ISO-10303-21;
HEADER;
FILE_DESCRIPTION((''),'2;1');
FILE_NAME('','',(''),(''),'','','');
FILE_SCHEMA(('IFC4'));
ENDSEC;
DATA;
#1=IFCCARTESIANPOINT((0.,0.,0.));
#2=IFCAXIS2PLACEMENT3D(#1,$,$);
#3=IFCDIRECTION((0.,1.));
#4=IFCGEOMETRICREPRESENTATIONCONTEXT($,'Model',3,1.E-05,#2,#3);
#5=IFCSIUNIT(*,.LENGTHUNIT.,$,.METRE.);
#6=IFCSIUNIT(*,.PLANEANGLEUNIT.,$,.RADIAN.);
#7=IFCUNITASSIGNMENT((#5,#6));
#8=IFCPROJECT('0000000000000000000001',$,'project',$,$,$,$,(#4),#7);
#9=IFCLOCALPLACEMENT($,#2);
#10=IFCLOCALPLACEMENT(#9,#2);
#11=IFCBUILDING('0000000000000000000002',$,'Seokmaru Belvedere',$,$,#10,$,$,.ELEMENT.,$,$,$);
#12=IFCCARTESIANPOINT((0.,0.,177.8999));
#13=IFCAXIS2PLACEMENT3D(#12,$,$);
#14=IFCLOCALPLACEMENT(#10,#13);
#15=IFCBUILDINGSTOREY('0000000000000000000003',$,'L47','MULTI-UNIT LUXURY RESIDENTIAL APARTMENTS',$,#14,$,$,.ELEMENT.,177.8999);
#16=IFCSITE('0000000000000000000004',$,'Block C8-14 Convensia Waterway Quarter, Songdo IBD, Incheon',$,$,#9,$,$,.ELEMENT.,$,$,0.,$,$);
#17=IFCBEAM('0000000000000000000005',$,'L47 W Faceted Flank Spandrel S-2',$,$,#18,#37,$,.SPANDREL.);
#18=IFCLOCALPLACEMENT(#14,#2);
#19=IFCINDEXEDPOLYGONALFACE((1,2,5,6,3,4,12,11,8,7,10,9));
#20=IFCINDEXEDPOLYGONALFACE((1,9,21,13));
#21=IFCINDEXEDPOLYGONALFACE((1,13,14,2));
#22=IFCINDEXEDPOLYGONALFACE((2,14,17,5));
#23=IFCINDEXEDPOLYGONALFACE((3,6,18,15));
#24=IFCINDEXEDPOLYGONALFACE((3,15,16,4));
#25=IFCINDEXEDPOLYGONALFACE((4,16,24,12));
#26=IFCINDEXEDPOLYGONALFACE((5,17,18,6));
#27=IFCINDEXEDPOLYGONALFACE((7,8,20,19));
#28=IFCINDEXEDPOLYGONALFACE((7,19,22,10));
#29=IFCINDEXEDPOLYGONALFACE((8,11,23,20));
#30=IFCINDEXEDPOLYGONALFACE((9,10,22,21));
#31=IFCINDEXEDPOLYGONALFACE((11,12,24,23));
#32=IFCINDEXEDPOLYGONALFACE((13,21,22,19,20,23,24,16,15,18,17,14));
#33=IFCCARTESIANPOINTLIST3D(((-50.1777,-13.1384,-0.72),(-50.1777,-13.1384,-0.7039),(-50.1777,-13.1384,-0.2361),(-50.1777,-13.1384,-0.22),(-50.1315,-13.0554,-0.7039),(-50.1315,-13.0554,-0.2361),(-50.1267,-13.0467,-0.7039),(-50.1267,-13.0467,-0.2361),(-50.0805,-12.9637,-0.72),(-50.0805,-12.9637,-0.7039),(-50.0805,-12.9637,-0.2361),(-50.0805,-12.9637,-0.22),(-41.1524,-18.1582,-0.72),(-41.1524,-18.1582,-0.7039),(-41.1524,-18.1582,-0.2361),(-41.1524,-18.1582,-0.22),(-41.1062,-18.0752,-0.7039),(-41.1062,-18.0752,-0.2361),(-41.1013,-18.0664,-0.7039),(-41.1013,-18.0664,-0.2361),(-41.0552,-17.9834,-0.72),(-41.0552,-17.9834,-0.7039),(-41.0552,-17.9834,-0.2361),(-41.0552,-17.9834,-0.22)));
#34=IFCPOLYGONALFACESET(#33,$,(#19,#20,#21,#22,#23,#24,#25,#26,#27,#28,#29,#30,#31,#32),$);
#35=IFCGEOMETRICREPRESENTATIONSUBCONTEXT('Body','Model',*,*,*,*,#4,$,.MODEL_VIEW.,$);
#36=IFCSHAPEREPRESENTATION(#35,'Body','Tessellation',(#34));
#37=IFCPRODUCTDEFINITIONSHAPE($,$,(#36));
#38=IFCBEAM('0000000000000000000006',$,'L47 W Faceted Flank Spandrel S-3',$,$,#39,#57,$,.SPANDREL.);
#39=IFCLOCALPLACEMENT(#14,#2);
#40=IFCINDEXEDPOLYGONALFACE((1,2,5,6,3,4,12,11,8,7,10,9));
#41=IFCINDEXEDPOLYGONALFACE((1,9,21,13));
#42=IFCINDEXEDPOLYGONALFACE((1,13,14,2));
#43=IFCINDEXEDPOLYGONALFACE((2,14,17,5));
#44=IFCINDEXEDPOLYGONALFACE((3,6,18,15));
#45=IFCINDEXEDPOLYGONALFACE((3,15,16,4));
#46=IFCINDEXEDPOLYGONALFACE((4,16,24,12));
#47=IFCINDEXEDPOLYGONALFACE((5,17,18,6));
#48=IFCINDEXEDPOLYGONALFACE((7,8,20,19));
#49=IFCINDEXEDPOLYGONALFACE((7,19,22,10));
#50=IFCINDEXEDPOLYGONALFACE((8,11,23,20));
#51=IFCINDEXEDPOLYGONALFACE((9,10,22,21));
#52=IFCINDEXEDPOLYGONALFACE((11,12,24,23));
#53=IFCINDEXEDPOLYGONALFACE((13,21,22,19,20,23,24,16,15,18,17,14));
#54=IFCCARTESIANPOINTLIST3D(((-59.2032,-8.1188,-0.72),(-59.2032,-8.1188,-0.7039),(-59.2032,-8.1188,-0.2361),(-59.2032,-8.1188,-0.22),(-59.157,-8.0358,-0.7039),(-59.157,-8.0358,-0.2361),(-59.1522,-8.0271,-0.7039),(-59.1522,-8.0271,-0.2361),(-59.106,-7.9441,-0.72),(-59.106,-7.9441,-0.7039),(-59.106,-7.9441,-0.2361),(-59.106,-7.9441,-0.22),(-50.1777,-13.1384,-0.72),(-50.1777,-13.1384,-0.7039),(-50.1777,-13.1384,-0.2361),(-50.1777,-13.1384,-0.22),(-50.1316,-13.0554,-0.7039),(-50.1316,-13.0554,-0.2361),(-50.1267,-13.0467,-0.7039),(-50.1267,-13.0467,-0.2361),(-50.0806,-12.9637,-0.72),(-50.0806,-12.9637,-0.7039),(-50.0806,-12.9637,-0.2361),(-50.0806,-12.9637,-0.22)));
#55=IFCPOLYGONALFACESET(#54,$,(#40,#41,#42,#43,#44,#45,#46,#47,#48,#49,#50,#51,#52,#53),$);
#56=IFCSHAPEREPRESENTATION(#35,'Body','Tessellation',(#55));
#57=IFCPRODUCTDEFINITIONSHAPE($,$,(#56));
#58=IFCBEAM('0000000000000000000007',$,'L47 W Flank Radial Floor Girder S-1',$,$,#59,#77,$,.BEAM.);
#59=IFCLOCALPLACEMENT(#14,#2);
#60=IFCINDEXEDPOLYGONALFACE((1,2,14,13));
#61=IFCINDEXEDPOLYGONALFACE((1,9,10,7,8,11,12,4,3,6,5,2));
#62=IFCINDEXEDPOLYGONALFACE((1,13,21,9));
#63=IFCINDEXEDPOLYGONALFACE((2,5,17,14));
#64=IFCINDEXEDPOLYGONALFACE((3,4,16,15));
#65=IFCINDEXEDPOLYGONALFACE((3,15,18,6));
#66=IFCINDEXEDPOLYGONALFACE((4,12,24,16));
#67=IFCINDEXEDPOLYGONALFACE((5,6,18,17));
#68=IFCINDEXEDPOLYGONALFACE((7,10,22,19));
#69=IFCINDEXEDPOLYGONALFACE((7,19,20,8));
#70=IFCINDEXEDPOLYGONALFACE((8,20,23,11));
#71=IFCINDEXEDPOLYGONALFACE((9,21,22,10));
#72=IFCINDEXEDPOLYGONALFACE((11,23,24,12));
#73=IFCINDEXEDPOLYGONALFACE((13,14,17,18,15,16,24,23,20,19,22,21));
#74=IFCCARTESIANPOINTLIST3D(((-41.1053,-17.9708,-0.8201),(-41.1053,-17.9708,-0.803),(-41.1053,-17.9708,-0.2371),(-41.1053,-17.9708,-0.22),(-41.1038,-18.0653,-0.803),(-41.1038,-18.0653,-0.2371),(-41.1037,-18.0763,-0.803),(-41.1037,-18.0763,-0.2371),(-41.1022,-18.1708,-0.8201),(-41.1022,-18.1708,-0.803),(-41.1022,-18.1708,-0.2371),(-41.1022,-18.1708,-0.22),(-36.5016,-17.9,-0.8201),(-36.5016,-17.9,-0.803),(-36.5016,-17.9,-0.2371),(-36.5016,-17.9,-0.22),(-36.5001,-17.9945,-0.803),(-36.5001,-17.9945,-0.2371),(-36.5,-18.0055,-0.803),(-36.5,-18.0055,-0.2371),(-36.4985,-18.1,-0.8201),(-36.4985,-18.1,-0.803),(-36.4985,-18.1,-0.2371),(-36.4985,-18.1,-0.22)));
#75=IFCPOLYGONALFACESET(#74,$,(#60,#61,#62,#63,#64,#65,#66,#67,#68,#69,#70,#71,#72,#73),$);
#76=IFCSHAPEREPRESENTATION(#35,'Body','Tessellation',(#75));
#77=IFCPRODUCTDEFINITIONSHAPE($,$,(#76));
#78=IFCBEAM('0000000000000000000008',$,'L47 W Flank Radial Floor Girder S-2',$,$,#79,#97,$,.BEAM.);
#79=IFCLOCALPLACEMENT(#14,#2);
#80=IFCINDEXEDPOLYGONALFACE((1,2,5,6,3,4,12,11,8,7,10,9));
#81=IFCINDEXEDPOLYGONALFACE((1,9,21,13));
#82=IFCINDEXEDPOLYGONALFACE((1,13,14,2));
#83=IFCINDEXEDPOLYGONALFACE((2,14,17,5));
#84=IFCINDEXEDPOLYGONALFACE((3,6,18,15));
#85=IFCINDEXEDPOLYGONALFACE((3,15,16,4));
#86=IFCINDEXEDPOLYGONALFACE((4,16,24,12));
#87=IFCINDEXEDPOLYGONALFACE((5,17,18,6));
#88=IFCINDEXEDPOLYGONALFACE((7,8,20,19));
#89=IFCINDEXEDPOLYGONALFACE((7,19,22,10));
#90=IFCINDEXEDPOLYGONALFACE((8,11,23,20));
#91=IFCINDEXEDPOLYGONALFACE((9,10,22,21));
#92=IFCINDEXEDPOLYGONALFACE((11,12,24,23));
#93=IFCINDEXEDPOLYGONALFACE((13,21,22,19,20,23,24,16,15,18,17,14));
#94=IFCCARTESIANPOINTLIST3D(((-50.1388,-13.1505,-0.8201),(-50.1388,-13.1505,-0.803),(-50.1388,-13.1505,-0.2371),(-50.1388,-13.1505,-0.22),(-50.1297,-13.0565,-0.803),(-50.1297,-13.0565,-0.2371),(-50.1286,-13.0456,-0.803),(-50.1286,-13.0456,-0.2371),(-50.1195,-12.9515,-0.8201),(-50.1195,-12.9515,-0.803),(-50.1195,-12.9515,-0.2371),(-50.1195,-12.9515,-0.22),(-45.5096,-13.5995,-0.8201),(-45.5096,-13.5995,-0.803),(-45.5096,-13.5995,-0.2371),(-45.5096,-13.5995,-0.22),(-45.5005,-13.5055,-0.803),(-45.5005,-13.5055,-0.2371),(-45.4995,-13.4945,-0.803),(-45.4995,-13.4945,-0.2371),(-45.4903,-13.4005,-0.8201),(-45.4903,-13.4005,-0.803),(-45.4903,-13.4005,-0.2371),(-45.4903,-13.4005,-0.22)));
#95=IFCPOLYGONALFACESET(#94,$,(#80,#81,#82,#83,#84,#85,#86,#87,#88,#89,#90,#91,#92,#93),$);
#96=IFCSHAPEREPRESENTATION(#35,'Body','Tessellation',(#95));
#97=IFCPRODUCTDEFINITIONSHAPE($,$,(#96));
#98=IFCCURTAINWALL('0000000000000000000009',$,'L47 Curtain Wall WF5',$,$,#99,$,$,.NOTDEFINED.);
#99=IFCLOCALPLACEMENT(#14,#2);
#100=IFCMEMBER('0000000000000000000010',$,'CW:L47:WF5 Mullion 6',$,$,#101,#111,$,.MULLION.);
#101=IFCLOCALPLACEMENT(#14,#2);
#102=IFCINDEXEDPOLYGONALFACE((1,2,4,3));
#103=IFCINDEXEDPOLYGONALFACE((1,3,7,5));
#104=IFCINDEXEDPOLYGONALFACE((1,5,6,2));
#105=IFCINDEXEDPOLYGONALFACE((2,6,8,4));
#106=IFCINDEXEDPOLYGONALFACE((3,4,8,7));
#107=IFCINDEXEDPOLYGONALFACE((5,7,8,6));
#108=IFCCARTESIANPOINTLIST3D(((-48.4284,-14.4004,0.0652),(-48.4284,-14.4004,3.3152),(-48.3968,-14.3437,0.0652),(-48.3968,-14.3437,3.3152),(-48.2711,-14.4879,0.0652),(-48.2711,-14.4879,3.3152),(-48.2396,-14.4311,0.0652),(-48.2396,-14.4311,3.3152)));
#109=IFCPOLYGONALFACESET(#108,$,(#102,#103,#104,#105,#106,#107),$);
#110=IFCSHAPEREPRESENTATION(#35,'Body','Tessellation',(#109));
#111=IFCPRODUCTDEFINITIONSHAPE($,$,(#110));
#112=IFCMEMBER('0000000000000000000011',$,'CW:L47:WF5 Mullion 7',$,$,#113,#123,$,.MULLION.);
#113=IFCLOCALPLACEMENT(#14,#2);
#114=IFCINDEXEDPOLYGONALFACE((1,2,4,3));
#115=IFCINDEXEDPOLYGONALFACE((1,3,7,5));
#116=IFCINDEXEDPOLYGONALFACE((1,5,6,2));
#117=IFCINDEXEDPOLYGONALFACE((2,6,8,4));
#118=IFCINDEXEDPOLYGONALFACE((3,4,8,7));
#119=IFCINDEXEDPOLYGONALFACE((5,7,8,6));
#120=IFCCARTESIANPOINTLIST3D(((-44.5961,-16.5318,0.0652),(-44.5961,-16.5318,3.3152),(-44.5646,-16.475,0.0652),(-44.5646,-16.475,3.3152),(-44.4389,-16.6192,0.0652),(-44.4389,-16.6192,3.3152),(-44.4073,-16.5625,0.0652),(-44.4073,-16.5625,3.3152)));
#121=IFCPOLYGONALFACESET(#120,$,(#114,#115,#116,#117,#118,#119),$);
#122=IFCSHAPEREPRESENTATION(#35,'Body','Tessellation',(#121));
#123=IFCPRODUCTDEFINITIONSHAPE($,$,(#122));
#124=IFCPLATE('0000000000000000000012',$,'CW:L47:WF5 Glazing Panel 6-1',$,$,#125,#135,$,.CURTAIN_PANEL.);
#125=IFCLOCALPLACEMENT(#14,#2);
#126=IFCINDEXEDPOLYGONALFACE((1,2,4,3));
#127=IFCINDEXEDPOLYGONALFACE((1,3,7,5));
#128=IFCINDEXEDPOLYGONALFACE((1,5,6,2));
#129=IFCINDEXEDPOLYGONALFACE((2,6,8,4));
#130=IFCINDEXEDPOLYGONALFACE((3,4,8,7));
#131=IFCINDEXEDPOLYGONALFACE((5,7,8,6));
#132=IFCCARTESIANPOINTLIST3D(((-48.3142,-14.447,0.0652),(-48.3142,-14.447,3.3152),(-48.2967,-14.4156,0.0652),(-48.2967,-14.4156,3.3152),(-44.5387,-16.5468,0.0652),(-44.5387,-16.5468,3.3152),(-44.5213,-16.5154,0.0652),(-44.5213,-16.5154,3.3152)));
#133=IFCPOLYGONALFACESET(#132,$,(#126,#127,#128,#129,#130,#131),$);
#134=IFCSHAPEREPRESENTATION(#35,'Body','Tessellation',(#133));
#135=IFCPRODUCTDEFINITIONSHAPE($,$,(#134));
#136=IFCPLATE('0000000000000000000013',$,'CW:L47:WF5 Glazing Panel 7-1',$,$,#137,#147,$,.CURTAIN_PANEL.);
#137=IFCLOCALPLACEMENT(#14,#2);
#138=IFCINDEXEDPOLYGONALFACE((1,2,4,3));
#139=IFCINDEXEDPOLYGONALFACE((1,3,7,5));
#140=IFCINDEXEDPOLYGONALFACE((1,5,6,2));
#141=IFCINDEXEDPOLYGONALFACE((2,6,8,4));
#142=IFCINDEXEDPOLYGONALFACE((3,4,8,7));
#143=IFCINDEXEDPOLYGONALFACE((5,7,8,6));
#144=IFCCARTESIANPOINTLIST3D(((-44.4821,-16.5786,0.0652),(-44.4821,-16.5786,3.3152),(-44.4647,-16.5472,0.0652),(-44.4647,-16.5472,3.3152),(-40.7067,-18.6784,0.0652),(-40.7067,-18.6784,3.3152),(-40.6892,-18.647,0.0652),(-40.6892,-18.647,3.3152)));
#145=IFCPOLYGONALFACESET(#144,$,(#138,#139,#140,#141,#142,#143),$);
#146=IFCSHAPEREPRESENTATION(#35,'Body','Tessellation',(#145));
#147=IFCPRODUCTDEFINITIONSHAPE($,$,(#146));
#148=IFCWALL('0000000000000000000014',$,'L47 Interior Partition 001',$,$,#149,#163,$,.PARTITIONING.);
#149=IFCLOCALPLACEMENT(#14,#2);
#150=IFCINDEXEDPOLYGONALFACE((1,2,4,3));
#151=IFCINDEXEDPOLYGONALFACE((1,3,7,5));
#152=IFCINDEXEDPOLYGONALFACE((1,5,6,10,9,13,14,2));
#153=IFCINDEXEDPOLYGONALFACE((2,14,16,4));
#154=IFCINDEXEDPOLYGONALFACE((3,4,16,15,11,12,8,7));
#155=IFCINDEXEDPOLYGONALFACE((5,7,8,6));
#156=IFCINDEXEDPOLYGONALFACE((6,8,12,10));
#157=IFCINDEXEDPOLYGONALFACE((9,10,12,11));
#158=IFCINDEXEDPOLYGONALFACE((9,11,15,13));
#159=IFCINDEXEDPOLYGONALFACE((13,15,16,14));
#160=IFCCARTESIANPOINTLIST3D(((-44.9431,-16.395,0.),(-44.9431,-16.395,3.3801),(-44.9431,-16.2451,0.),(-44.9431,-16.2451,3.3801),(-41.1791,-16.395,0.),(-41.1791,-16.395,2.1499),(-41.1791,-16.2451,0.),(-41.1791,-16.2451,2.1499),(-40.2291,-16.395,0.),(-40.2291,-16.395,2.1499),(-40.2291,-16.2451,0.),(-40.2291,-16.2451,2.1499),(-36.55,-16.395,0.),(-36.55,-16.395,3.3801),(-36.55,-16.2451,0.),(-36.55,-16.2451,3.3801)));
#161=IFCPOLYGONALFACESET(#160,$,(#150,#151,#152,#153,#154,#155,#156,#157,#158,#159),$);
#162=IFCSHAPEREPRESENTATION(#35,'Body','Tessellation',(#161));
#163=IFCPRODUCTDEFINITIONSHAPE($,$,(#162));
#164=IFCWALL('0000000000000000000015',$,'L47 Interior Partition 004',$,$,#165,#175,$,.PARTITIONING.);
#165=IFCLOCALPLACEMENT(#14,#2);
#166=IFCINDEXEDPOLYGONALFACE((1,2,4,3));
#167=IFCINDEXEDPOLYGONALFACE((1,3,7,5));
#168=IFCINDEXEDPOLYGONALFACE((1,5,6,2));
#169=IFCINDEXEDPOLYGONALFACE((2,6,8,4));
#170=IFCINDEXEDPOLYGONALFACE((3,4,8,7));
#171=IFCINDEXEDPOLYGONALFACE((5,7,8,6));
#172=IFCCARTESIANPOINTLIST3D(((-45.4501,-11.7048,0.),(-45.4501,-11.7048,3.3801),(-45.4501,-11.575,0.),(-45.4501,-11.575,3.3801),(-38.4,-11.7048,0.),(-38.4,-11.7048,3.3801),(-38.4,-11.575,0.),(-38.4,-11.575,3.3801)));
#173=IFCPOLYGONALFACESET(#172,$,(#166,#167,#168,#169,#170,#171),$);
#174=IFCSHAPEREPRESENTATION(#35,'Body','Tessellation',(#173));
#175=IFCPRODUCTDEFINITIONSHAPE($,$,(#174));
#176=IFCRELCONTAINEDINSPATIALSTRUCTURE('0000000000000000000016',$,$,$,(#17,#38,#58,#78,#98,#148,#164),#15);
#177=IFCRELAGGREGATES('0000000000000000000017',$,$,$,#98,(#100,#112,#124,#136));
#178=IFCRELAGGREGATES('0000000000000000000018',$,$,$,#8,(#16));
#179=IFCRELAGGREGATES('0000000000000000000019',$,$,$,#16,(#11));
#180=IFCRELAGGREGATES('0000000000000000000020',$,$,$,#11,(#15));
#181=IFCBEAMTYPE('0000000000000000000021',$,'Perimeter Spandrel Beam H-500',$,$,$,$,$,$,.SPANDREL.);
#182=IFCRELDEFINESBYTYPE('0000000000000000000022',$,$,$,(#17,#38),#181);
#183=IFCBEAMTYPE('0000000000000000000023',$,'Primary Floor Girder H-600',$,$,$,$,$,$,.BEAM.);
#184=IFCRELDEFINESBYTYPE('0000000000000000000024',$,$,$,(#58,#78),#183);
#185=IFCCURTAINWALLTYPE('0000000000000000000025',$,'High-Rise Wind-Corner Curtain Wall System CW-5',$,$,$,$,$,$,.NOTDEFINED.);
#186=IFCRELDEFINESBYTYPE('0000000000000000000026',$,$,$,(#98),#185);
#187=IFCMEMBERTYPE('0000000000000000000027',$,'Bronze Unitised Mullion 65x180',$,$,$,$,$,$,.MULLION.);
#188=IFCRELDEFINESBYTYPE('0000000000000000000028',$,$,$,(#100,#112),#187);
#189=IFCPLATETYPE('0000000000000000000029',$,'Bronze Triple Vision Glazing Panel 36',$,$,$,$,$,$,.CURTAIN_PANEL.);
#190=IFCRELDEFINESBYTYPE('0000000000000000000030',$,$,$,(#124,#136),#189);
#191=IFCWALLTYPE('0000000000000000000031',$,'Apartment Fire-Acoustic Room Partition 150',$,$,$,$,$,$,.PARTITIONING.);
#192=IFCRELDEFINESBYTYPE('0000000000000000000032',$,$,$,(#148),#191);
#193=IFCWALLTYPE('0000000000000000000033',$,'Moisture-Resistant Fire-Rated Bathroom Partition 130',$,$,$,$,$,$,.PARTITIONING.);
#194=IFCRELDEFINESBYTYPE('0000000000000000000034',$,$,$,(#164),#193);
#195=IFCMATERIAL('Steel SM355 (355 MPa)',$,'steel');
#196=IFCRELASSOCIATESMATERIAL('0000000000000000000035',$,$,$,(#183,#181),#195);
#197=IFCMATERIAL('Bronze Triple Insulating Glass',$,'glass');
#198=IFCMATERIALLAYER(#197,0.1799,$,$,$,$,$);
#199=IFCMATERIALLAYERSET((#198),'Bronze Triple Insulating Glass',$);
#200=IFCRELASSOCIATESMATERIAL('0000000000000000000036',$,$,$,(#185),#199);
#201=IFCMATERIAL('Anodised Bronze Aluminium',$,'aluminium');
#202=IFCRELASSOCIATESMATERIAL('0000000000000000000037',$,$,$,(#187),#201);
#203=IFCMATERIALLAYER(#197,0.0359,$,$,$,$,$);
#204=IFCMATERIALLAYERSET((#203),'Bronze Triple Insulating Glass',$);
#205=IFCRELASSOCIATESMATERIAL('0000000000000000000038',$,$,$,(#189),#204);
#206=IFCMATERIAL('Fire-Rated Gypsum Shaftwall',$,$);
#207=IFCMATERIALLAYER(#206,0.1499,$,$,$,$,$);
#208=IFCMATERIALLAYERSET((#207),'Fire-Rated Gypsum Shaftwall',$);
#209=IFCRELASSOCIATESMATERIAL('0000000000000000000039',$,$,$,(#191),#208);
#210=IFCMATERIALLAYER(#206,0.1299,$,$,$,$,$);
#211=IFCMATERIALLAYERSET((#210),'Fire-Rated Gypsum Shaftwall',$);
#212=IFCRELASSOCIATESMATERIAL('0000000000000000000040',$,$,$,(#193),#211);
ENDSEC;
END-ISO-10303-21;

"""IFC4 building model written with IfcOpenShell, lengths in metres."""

from ifc_helpers import new_model, si_unit, direction, frame, frame_2d, origin, origin_2d, place, context, subcontext, project, spatial, rectangle, i_section, extrude, source, transform, mapped, material, layer, layer_set, material_profile, profile_set, type_object, type_shapes, element, aggregate, save


model = new_model("IFC4")

# Units and contexts
model_context = context("Model", 3, precision=1e-05, world=origin(), true_north=direction((0.0, 1.0)))
body_context = subcontext(model_context, "Body", "Model", "MODEL_VIEW")
ifc_project = project(units=[si_unit("LENGTHUNIT", "METRE"), si_unit("PLANEANGLEUNIT", "RADIAN")], contexts=[model_context])

# Site, building, storey
site_placement = place(None, origin())
site = spatial("IfcSite", under=ifc_project, at=site_placement, Name="Block C8-14 Convensia Waterway Quarter, Songdo IBD, Incheon", CompositionType="ELEMENT", RefElevation=0.0)
building_placement = place(site_placement, origin())
building = spatial("IfcBuilding", under=site, at=building_placement, Name="Seokmaru Belvedere", CompositionType="ELEMENT")
storey_placement = place(building_placement, frame((0.0, 0.0, 177.8999)))
storey = spatial("IfcBuildingStorey", under=building, at=storey_placement, Name="L47", Description="MULTI-UNIT LUXURY RESIDENTIAL APARTMENTS", CompositionType="ELEMENT", Elevation=177.8999)

# Shared definitions
ifc_material_1 = material(Name="Steel SM355 (355 MPa)", Category="steel")

# Beams
ifc_material_profile_1 = material_profile(ifc_material_1, i_section(OverallWidth=0.2, OverallDepth=0.6001, WebThickness=0.011, FlangeThickness=0.0171, at=origin_2d()), Name="H-600x200x11x17")
ifc_profile_set_1 = profile_set([ifc_material_profile_1], Name="Steel SM355 (355 MPa)")
beam_type_1 = type_object("IfcBeamType", Name="Primary Floor Girder H-600", PredefinedType="BEAM", material=ifc_profile_set_1)
ifc_material_profile_2 = material_profile(ifc_material_1, i_section(OverallWidth=0.2, OverallDepth=0.5, WebThickness=0.01, FlangeThickness=0.0161, at=origin_2d()), Name="H-500x200x10x16")
ifc_profile_set_2 = profile_set([ifc_material_profile_2], Name="Steel SM355 (355 MPa)")
beam_type_2 = type_object("IfcBeamType", Name="Perimeter Spandrel Beam H-500", PredefinedType="SPANDREL", material=ifc_profile_set_2)
shared_shape_1 = source(origin(), body_context, "Body", "SweptSolid", [
    extrude(i_section(OverallWidth=0.2, OverallDepth=0.5, WebThickness=0.01, FlangeThickness=0.0161, at=origin_2d()), origin(), (0.0, 0.0, 1.0), 10.3274),
])
type_shapes(beam_type_2, [shared_shape_1])
for number, where, z_axis, x_axis, name in (
    (1, (-41.1038, -18.0708, -0.47), (-0.873924, 0.486062, 0.0), (-0.486062, -0.873924, 0.0), "L47 W Faceted Flank Spandrel S-2"),
    (2, (-50.1292, -13.051, -0.47), (-0.873934, 0.486044, 0.0), (-0.486044, -0.873934, 0.0), "L47 W Faceted Flank Spandrel S-3"),
):
    element("IfcBeam", number, at=place(storey_placement, frame(where, z_axis=z_axis, x_axis=x_axis)), inside=storey, type_object=beam_type_2, Name=name, PredefinedType="SPANDREL", context=body_context, shape_type="MappedRepresentation", body=[
        mapped(shared_shape_1, transform((0.0, 0.0, 0.0), scale=1.0)),
    ])
shared_shape_2 = source(origin(), body_context, "Body", "SweptSolid", [
    extrude(i_section(OverallWidth=0.2, OverallDepth=0.6001, WebThickness=0.011, FlangeThickness=0.0171, at=origin_2d()), origin(), (0.0, 0.0, 1.0), 4.6042),
])
beam_1_placement = place(storey_placement, frame((-41.1038, -18.0708, -0.52), z_axis=(0.999882, 0.015377, 0.0), x_axis=(-0.015377, 0.999882, 0.0)))
element("IfcBeam", 3, at=beam_1_placement, inside=storey, type_object=beam_type_1, Name="L47 W Flank Radial Floor Girder S-1", PredefinedType="BEAM", context=body_context, shape_type="MappedRepresentation", body=[
    mapped(shared_shape_2, transform((0.0, 0.0, 0.0), scale=1.0)),
])
shared_shape_3 = source(origin(), body_context, "Body", "SweptSolid", [
    extrude(i_section(OverallWidth=0.2, OverallDepth=0.6001, WebThickness=0.011, FlangeThickness=0.0171, at=origin_2d()), origin(), (0.0, 0.0, 1.0), 4.6509),
])
beam_2_placement = place(storey_placement, frame((-50.1292, -13.051, -0.52), z_axis=(0.99533, -0.096536, 0.0), x_axis=(0.096536, 0.99533, 0.0)))
element("IfcBeam", 4, at=beam_2_placement, inside=storey, type_object=beam_type_1, Name="L47 W Flank Radial Floor Girder S-2", PredefinedType="BEAM", context=body_context, shape_type="MappedRepresentation", body=[
    mapped(shared_shape_3, transform((0.0, 0.0, 0.0), scale=1.0)),
])

# Curtain wall, members, plates
ifc_material_2 = material(Name="Bronze Triple Insulating Glass", Category="glass")
ifc_layer_1 = layer(ifc_material_2, 0.1799)
ifc_layer_set_1 = layer_set([ifc_layer_1], Name="Bronze Triple Insulating Glass")
curtain_wall_type = type_object("IfcCurtainWallType", Name="High-Rise Wind-Corner Curtain Wall System CW-5", PredefinedType="NOTDEFINED", material=ifc_layer_set_1)
curtain_wall_placement = place(storey_placement, origin())
curtain_wall = element("IfcCurtainWall", 5, at=curtain_wall_placement, inside=storey, type_object=curtain_wall_type, Name="L47 Curtain Wall WF5", PredefinedType="NOTDEFINED")
ifc_material_3 = material(Name="Anodised Bronze Aluminium", Category="aluminium")
ifc_material_profile_3 = material_profile(ifc_material_3, rectangle(XDim=0.0649, YDim=0.1799, at=origin_2d()), Name="CW-M-65x180")
ifc_profile_set_3 = profile_set([ifc_material_profile_3], Name="Anodised Bronze Aluminium")
member_type = type_object("IfcMemberType", Name="Bronze Unitised Mullion 65x180", PredefinedType="MULLION", material=ifc_profile_set_3)
shared_shape_4 = source(origin(), body_context, "Body", "SweptSolid", [
    extrude(rectangle(XDim=0.0649, YDim=0.1799, at=origin_2d()), origin(), (0.0, 0.0, 1.0), 3.25),
])
type_shapes(member_type, [shared_shape_4])
member_1_placement = place(storey_placement, frame((-48.334, -14.4158, 0.0652), z_axis=(0.0, 0.0, 1.0), x_axis=(0.486047, 0.873933, 0.0)))
member_1 = element("IfcMember", 6, at=member_1_placement, type_object=member_type, Name="CW:L47:WF5 Mullion 6", PredefinedType="MULLION", context=body_context, shape_type="MappedRepresentation", body=[
    mapped(shared_shape_4, transform((0.0, 0.0, 0.0), scale=1.0)),
])
member_2_placement = place(storey_placement, frame((-44.5017, -16.5471, 0.0652), z_axis=(0.0, 0.0, 1.0), x_axis=(0.486047, 0.873933, 0.0)))
member_2 = element("IfcMember", 7, at=member_2_placement, type_object=member_type, Name="CW:L47:WF5 Mullion 7", PredefinedType="MULLION", context=body_context, shape_type="MappedRepresentation", body=[
    mapped(shared_shape_4, transform((0.0, 0.0, 0.0), scale=1.0)),
])
ifc_layer_2 = layer(ifc_material_2, 0.0359)
ifc_layer_set_2 = layer_set([ifc_layer_2], Name="Bronze Triple Insulating Glass")
plate_type = type_object("IfcPlateType", Name="Bronze Triple Vision Glazing Panel 36", PredefinedType="CURTAIN_PANEL", material=ifc_layer_set_2)
shared_shape_5 = source(origin(), body_context, "Body", "SweptSolid", [
    extrude(rectangle(XDim=4.3201, YDim=0.0359, at=origin_2d()), origin(), (0.0, 0.0, 1.0), 3.25),
])
type_shapes(plate_type, [shared_shape_5])
plate_1_placement = place(storey_placement, frame((-46.4177, -15.4812, 0.0652), z_axis=(0.0, 0.0, 1.0), x_axis=(0.873933, -0.486047, 0.0)))
plate_1 = element("IfcPlate", 8, at=plate_1_placement, type_object=plate_type, Name="CW:L47:WF5 Glazing Panel 6-1", PredefinedType="CURTAIN_PANEL", context=body_context, shape_type="MappedRepresentation", body=[
    mapped(shared_shape_5, transform((0.0, 0.0, 0.0), scale=1.0)),
])
plate_2_placement = place(storey_placement, frame((-42.5857, -17.6128, 0.0652), z_axis=(0.0, 0.0, 1.0), x_axis=(0.873933, -0.486047, 0.0)))
plate_2 = element("IfcPlate", 9, at=plate_2_placement, type_object=plate_type, Name="CW:L47:WF5 Glazing Panel 7-1", PredefinedType="CURTAIN_PANEL", context=body_context, shape_type="MappedRepresentation", body=[
    mapped(shared_shape_5, transform((0.0, 0.0, 0.0), scale=1.0)),
])
aggregate(curtain_wall, [member_1, member_2, plate_1, plate_2])

# Wall, opening
ifc_material_4 = material(Name="Fire-Rated Gypsum Shaftwall")
ifc_layer_3 = layer(ifc_material_4, 0.1499)
ifc_layer_set_3 = layer_set([ifc_layer_3], Name="Fire-Rated Gypsum Shaftwall")
wall_type_1 = type_object("IfcWallType", Name="Apartment Fire-Acoustic Room Partition 150", PredefinedType="PARTITIONING", material=ifc_layer_set_3)
wall_1_placement = place(storey_placement, frame((-44.9431, -16.3201, 0.0), z_axis=(0.0, 0.0, 1.0), x_axis=(1.0, 0.0, 0.0)))
wall_1 = element("IfcWall", 10, at=wall_1_placement, inside=storey, type_object=wall_type_1, Name="L47 Interior Partition 001", PredefinedType="PARTITIONING", context=body_context, shape_type="SweptSolid", body=[
    extrude(rectangle(XDim=8.3931, YDim=0.1499, at=frame_2d((4.1965, 0.0))), origin(), (0.0, 0.0, 1.0), 3.3801),
])
opening_1_placement = place(wall_1_placement, frame((3.7639, 0.0, 0.0)))
element("IfcOpeningElement", 11, at=opening_1_placement, cuts=wall_1, PredefinedType="OPENING", context=body_context, shape_type="SweptSolid", body=[
    extrude(rectangle(XDim=0.95, YDim=2.1499, at=frame_2d((0.4751, 1.075))), frame((0.0, 0.085, 0.0), z_axis=(0.0, -1.0, 0.0), x_axis=(1.0, 0.0, 0.0)), (0.0, 0.0, 1.0), 0.1699),
])

# Wall
ifc_layer_4 = layer(ifc_material_4, 0.1299)
ifc_layer_set_4 = layer_set([ifc_layer_4], Name="Fire-Rated Gypsum Shaftwall")
wall_type_2 = type_object("IfcWallType", Name="Moisture-Resistant Fire-Rated Bathroom Partition 130", PredefinedType="PARTITIONING", material=ifc_layer_set_4)
wall_2_placement = place(storey_placement, frame((-45.45, -11.6399, 0.0), z_axis=(0.0, 0.0, 1.0), x_axis=(1.0, 0.0, 0.0)))
element("IfcWall", 12, at=wall_2_placement, inside=storey, type_object=wall_type_2, Name="L47 Interior Partition 004", PredefinedType="PARTITIONING", context=body_context, shape_type="SweptSolid", body=[
    extrude(rectangle(XDim=7.05, YDim=0.1299, at=frame_2d((3.5249, 0.0))), origin(), (0.0, 0.0, 1.0), 3.3801),
])

save(model, "model.ifc")
